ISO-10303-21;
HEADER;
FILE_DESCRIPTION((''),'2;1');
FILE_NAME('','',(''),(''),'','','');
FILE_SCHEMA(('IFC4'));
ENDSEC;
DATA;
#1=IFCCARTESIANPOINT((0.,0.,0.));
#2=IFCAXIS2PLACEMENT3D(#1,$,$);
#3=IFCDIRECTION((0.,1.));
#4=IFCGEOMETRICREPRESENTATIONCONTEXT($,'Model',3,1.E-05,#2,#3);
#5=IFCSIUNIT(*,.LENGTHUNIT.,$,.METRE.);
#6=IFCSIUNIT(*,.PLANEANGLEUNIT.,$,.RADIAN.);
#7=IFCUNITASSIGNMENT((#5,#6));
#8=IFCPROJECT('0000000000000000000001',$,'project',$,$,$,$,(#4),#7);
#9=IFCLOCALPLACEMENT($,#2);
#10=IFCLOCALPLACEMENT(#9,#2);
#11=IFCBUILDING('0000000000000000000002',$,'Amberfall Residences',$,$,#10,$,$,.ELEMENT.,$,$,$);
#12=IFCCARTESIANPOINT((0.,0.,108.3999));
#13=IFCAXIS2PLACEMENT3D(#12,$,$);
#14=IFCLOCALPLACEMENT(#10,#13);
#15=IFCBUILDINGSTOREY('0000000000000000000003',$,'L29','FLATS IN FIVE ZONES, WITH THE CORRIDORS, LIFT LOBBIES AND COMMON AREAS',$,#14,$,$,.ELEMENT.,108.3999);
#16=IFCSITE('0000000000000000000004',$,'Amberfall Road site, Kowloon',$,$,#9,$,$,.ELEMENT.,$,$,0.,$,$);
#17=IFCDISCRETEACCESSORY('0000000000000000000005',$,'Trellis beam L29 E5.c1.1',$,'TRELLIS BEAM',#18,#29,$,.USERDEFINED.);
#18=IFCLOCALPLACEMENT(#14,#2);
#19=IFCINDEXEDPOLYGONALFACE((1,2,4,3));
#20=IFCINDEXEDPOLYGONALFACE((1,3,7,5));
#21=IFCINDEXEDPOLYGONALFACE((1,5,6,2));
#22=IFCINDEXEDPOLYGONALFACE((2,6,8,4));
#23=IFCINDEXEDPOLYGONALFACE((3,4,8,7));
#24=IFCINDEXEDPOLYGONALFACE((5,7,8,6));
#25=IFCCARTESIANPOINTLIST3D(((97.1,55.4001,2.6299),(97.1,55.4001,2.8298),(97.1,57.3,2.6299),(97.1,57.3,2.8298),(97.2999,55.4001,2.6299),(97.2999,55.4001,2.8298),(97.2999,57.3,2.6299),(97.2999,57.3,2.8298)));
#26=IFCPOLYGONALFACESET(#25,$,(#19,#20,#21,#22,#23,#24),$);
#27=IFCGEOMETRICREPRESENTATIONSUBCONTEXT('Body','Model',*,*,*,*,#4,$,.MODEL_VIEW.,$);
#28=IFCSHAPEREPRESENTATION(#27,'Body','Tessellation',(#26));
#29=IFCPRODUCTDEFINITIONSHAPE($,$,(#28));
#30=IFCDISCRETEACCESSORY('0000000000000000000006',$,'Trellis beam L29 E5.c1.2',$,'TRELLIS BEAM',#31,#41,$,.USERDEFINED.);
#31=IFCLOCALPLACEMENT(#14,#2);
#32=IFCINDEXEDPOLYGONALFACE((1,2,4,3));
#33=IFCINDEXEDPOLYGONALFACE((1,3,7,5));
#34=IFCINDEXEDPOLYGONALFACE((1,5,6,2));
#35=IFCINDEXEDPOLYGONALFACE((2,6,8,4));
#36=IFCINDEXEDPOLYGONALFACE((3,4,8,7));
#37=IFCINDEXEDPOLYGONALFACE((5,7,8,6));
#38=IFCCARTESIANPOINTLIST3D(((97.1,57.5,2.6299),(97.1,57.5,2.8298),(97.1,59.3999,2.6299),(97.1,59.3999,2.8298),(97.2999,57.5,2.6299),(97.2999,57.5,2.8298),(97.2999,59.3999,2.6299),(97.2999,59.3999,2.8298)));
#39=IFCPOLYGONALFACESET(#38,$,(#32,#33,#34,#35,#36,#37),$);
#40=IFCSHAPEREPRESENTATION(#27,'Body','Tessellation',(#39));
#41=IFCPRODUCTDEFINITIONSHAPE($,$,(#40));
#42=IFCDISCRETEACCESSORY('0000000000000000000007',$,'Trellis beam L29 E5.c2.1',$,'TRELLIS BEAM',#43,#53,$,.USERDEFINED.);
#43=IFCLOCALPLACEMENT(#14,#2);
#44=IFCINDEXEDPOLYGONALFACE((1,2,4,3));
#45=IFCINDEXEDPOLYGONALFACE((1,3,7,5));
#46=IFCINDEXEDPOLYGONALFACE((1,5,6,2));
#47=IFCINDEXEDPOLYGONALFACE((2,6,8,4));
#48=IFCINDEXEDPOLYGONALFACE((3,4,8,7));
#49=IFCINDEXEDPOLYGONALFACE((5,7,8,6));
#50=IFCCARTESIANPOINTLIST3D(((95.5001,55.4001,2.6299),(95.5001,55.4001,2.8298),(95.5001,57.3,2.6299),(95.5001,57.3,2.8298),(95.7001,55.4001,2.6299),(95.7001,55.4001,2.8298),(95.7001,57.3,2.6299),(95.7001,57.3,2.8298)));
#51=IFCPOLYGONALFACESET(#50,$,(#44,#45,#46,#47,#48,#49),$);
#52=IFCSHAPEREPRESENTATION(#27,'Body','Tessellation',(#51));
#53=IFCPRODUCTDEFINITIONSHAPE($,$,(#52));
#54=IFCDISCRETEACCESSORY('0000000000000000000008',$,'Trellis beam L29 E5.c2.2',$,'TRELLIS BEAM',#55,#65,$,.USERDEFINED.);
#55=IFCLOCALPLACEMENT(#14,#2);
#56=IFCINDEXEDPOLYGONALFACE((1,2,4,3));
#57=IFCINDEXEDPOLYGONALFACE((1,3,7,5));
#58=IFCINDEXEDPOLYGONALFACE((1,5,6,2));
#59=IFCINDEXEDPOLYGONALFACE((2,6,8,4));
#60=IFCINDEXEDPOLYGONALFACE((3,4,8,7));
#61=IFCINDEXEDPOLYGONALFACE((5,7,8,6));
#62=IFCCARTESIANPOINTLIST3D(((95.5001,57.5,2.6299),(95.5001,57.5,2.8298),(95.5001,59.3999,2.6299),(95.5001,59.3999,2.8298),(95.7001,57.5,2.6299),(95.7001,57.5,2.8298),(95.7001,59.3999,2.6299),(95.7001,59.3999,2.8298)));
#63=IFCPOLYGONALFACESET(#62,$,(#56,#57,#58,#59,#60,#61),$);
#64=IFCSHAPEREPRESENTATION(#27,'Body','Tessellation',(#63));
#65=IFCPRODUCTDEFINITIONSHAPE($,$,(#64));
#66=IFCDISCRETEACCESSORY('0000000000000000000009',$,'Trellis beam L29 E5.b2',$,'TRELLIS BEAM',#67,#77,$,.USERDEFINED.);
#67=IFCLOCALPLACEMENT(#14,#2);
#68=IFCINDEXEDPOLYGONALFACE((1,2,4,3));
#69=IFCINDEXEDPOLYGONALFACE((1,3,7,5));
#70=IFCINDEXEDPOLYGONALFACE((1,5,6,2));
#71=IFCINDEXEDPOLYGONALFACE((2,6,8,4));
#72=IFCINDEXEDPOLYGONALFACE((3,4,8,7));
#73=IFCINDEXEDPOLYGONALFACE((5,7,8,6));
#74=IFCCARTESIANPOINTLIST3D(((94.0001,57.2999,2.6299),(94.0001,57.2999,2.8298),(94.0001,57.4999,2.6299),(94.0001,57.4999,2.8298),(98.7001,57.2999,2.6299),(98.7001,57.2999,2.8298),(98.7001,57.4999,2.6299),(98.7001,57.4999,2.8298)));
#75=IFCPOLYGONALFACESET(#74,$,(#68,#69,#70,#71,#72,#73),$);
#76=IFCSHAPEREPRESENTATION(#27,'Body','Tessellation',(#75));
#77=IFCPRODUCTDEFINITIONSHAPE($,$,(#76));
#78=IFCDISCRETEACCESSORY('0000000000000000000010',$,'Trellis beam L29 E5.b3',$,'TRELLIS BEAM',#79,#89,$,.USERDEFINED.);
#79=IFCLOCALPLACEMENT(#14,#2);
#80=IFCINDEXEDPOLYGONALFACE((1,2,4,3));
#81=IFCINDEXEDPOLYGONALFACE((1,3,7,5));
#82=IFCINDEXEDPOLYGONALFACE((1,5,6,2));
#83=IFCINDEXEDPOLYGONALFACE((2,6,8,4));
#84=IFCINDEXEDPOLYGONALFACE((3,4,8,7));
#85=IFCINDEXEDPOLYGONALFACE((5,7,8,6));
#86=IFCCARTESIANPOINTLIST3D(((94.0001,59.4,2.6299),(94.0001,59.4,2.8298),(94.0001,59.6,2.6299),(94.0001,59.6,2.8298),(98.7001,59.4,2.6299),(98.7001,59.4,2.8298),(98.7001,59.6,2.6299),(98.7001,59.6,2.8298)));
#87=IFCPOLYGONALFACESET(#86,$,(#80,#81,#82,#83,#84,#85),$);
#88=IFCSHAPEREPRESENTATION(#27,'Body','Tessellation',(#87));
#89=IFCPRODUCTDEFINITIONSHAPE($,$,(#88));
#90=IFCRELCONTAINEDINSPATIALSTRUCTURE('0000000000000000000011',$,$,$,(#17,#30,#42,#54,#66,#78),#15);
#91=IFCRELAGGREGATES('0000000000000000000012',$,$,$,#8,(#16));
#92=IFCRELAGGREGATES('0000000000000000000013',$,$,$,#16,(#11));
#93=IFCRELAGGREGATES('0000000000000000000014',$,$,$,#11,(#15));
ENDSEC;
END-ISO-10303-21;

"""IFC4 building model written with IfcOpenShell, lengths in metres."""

from ifc_helpers import new_model, si_unit, direction, frame, origin, origin_2d, place, context, subcontext, project, spatial, rectangle, extrude, element, save


model = new_model("IFC4")

# Units and contexts
model_context = context("Model", 3, precision=1e-05, world=origin(), true_north=direction((0.0, 1.0)))
body_context = subcontext(model_context, "Body", "Model", "MODEL_VIEW")
ifc_project = project(units=[si_unit("LENGTHUNIT", "METRE"), si_unit("PLANEANGLEUNIT", "RADIAN")], contexts=[model_context])

# Site, building, storey
site_placement = place(None, origin())
site = spatial("IfcSite", under=ifc_project, at=site_placement, Name="Amberfall Road site, Kowloon", CompositionType="ELEMENT", RefElevation=0.0)
building_placement = place(site_placement, origin())
building = spatial("IfcBuilding", under=site, at=building_placement, Name="Amberfall Residences", CompositionType="ELEMENT")
storey_placement = place(building_placement, frame((0.0, 0.0, 108.3999)))
storey = spatial("IfcBuildingStorey", under=building, at=storey_placement, Name="L29", Description="FLATS IN FIVE ZONES, WITH THE CORRIDORS, LIFT LOBBIES AND COMMON AREAS", CompositionType="ELEMENT", Elevation=108.3999)

# Discrete accessories
for number, where, z_axis, x_axis, name in (
    (1, (97.2, 56.3501, 2.6299), (0.0, 0.0, 1.0), (0.0, 1.0, 0.0), "Trellis beam L29 E5.c1.1"),
    (2, (97.2, 58.45, 2.6299), (0.0, 0.0, 1.0), (0.0, 1.0, 0.0), "Trellis beam L29 E5.c1.2"),
    (3, (95.6001, 56.3501, 2.6299), (0.0, 0.0, 1.0), (0.0, 1.0, 0.0), "Trellis beam L29 E5.c2.1"),
    (4, (95.6001, 58.45, 2.6299), (0.0, 0.0, 1.0), (0.0, 1.0, 0.0), "Trellis beam L29 E5.c2.2"),
):
    element("IfcDiscreteAccessory", number, at=place(storey_placement, frame(where, z_axis=z_axis, x_axis=x_axis)), inside=storey, Name=name, ObjectType="TRELLIS BEAM", PredefinedType="USERDEFINED", context=body_context, shape_type="SweptSolid", body=[
        extrude(rectangle(XDim=1.8999, YDim=0.2, at=origin_2d()), origin(), (0.0, 0.0, 1.0), 0.2),
    ])
for number, where, z_axis, x_axis, name in (
    (5, (96.3501, 57.3999, 2.6299), (0.0, 0.0, 1.0), (-1.0, 0.0, 0.0), "Trellis beam L29 E5.b2"),
    (6, (96.3501, 59.5, 2.6299), (0.0, 0.0, 1.0), (-1.0, 0.0, 0.0), "Trellis beam L29 E5.b3"),
):
    element("IfcDiscreteAccessory", number, at=place(storey_placement, frame(where, z_axis=z_axis, x_axis=x_axis)), inside=storey, Name=name, ObjectType="TRELLIS BEAM", PredefinedType="USERDEFINED", context=body_context, shape_type="SweptSolid", body=[
        extrude(rectangle(XDim=4.7, YDim=0.2, at=origin_2d()), origin(), (0.0, 0.0, 1.0), 0.2),
    ])

save(model, "model.ifc")
